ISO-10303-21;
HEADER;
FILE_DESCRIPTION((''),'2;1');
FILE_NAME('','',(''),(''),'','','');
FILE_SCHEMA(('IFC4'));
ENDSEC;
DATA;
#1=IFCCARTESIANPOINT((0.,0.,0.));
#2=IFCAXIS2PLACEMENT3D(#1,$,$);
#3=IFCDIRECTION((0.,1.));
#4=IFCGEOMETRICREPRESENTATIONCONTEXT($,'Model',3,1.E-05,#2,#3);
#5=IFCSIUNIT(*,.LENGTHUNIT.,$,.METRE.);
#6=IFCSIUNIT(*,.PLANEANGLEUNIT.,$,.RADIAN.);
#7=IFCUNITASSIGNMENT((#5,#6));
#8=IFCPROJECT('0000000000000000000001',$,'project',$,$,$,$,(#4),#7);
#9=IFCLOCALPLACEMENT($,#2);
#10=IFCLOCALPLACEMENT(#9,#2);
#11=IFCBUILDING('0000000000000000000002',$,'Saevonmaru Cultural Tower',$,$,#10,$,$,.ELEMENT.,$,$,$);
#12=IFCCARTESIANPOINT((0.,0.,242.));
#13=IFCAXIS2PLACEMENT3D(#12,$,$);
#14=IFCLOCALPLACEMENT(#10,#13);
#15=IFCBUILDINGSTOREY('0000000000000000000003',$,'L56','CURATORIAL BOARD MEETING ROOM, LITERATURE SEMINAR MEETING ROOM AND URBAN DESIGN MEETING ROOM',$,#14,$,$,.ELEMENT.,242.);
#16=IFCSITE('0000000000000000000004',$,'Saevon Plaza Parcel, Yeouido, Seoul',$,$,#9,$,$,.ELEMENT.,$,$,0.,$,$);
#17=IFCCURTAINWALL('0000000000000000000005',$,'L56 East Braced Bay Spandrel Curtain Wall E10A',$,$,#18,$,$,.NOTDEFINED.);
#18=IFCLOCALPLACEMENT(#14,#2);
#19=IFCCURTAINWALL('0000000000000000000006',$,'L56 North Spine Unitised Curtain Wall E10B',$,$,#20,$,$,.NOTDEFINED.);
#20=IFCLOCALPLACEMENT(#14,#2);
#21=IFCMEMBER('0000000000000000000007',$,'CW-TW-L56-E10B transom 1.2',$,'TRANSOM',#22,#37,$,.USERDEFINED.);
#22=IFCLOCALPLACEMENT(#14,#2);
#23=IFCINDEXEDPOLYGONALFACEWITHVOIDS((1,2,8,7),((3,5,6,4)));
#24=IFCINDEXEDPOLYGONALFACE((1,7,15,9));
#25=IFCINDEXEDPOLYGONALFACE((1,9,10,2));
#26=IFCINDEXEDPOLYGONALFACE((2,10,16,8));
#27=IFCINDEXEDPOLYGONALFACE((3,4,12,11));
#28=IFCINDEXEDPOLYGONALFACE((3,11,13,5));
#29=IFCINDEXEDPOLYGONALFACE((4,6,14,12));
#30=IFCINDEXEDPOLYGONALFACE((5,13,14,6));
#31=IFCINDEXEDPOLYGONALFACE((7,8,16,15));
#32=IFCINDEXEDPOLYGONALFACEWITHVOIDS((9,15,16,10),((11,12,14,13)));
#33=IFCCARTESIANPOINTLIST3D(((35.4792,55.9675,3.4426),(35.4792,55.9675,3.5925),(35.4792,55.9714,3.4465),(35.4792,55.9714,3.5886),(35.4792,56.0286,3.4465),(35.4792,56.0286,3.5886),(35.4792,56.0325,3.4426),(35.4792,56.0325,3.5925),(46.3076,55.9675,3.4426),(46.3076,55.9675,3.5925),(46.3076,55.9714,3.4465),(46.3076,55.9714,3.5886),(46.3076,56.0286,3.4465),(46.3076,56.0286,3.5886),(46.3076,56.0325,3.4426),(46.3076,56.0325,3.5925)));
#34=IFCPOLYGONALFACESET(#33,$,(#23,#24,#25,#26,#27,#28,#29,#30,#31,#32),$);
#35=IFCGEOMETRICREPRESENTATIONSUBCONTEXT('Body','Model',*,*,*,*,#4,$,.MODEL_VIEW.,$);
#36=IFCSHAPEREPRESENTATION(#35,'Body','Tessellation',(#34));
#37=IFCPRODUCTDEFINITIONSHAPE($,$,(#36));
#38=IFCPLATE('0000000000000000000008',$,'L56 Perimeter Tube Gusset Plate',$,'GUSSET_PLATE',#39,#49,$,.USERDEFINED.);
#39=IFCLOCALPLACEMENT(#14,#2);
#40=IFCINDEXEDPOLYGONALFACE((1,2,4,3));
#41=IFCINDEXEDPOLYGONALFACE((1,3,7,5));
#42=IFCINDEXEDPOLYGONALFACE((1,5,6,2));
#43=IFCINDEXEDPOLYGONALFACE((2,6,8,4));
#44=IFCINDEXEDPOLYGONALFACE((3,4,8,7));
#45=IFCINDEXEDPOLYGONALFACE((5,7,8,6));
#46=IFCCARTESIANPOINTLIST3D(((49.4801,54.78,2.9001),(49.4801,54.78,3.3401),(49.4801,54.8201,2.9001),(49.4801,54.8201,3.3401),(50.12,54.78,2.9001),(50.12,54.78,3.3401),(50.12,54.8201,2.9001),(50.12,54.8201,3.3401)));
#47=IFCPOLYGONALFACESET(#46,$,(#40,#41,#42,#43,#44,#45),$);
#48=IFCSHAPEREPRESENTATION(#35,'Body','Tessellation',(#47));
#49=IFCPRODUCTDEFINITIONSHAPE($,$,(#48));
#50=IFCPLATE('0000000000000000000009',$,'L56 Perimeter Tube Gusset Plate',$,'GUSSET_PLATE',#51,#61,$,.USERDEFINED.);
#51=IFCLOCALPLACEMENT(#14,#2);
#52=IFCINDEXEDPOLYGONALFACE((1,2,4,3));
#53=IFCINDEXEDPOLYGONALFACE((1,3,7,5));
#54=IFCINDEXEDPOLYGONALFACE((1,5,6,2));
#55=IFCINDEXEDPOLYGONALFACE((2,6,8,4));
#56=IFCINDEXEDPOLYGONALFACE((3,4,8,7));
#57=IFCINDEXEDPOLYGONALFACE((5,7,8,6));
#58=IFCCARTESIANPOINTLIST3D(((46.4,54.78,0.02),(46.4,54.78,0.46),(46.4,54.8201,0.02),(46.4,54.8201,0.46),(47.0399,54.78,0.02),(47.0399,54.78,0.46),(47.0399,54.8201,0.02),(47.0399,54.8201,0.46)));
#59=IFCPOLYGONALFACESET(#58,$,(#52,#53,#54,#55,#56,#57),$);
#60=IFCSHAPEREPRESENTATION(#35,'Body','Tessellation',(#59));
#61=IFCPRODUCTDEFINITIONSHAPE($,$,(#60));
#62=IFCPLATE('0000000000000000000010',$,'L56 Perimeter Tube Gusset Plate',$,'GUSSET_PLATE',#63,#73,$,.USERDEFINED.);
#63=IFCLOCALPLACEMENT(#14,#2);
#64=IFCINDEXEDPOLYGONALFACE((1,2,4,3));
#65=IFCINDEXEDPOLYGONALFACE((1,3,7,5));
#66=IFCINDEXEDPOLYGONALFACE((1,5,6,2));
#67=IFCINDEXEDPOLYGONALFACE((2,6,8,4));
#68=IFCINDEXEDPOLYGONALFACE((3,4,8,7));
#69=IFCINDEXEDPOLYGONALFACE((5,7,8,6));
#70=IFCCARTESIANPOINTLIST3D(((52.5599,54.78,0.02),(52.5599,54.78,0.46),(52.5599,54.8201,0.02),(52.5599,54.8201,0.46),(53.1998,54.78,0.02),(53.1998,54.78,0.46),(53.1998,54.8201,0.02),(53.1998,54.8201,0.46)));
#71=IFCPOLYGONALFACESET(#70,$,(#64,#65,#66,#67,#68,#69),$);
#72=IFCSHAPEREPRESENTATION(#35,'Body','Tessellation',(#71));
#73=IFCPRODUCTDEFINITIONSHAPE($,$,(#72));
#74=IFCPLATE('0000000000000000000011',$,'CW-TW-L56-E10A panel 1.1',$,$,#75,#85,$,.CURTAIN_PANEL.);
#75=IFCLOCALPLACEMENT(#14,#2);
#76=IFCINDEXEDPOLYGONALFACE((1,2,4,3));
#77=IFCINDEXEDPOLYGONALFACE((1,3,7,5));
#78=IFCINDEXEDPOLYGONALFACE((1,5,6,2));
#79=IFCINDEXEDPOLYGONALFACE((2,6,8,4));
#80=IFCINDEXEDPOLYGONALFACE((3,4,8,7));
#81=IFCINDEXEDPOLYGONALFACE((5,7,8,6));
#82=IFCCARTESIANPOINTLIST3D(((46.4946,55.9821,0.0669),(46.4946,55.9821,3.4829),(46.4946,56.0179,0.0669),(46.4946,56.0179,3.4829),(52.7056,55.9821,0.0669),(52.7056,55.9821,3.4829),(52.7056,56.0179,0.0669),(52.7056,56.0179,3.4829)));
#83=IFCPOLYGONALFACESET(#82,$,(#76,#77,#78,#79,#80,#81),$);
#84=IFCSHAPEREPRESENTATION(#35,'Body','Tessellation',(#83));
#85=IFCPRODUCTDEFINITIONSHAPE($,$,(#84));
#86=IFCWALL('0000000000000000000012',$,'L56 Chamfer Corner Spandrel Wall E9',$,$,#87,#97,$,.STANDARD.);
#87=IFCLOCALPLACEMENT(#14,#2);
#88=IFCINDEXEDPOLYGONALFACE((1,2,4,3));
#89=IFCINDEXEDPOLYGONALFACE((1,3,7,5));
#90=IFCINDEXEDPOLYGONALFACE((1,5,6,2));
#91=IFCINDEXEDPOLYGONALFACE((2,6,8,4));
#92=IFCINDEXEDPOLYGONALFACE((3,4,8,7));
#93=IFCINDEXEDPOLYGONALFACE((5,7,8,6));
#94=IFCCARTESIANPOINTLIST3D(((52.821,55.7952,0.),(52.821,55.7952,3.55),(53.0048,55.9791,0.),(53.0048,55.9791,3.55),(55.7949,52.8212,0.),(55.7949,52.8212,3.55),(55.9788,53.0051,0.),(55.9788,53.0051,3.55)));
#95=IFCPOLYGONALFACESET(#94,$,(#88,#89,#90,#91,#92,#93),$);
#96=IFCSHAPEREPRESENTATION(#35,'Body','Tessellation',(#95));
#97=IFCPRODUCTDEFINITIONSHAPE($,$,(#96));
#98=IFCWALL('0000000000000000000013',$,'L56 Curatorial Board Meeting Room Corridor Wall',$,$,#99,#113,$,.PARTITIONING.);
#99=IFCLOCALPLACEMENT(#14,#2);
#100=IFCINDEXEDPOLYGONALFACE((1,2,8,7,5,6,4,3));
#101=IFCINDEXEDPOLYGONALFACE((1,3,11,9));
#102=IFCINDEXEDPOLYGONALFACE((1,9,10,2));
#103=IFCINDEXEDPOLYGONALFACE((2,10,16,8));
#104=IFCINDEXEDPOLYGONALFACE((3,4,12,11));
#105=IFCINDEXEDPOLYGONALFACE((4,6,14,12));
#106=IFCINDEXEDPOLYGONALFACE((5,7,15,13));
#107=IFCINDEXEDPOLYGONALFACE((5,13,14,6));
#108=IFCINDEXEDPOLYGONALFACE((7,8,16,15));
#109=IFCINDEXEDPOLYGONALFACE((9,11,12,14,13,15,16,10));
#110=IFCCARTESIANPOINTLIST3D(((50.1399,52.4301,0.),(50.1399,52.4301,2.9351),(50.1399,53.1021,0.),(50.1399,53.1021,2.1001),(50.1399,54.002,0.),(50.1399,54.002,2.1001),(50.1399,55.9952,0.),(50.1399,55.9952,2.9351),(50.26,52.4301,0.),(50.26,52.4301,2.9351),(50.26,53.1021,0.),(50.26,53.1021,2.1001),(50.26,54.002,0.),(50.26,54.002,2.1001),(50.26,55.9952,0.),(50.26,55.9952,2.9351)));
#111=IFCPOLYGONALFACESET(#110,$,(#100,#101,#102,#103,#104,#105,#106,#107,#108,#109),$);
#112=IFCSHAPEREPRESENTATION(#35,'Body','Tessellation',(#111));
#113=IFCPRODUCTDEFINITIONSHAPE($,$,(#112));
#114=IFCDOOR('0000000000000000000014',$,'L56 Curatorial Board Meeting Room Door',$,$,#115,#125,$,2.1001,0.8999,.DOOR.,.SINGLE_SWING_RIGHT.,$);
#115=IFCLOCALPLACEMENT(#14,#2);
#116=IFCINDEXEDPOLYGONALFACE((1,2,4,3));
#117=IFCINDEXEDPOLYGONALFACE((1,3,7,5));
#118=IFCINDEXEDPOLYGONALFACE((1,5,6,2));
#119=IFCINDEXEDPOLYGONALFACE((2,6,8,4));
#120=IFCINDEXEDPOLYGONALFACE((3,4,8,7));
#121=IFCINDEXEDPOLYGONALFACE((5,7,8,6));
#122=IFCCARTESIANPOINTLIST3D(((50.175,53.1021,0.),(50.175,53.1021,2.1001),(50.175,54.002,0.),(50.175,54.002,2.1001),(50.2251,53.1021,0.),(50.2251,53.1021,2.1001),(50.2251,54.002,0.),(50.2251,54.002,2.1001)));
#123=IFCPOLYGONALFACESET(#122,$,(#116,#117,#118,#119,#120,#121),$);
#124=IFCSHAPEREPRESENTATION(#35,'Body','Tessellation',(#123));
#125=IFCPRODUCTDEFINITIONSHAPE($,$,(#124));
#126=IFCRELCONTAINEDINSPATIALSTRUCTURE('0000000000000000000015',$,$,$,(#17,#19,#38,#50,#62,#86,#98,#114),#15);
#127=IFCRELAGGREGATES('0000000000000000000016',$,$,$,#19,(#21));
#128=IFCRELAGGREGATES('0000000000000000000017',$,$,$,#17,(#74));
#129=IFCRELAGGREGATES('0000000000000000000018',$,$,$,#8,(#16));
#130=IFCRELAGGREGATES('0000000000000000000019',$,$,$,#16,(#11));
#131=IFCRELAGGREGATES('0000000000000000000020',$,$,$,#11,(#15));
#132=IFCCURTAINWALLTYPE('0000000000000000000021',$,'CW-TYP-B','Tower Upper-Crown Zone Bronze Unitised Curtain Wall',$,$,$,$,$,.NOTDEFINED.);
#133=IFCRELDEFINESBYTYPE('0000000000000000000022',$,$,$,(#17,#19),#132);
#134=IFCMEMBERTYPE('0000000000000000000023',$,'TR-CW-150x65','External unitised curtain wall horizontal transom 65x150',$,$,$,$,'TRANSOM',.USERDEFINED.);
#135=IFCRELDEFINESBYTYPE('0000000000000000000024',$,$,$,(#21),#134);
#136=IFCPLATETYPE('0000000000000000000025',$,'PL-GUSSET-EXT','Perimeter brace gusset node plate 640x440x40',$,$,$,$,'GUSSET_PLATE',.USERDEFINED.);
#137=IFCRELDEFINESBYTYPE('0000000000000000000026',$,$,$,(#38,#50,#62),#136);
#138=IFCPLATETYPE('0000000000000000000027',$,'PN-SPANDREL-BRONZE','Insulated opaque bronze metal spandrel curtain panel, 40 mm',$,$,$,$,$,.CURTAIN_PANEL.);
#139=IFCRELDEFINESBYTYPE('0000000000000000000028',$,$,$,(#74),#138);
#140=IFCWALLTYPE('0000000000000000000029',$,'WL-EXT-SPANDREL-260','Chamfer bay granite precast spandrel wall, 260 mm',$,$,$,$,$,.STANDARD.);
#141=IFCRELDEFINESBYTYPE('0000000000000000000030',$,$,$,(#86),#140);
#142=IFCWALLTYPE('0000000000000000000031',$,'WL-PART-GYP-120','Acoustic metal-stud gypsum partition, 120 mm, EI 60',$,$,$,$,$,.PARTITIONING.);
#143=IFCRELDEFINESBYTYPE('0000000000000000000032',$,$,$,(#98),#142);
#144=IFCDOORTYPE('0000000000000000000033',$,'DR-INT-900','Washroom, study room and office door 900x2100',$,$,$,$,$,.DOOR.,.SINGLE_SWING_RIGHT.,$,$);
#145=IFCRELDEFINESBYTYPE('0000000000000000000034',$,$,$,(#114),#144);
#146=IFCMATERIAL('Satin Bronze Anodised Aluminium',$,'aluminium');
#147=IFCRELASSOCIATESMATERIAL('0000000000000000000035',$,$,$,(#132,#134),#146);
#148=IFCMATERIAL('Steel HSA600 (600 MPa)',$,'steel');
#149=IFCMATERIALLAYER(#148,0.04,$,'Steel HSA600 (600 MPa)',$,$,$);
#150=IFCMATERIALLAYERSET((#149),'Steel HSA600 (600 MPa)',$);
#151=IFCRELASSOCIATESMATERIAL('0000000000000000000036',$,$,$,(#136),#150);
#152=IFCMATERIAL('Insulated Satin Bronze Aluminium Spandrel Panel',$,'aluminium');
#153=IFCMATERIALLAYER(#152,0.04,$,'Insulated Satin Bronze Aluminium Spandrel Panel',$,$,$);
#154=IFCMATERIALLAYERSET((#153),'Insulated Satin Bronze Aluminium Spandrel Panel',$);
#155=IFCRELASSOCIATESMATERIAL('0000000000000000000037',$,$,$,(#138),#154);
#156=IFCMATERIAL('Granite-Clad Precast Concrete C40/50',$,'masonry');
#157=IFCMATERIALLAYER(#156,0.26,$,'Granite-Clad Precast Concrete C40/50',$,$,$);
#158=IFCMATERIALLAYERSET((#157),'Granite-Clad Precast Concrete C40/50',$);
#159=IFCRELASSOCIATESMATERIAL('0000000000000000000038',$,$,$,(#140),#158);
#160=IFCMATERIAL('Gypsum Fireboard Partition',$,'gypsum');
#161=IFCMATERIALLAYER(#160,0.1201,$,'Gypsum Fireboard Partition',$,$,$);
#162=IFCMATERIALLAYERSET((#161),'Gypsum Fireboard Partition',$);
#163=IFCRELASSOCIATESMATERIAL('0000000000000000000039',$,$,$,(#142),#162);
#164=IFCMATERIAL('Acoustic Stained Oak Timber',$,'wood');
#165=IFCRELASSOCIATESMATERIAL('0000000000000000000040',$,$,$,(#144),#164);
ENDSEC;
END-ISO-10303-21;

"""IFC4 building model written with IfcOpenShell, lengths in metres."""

from ifc_helpers import new_model, si_unit, direction, frame, frame_2d, origin, origin_2d, place, context, subcontext, project, spatial, rectangle, hollow_rectangle, extrude, material, layer, layer_set, material_profile, profile_set, type_object, element, fill, aggregate, save


model = new_model("IFC4")

# Units and contexts
model_context = context("Model", 3, precision=1e-05, world=origin(), true_north=direction((0.0, 1.0)))
body_context = subcontext(model_context, "Body", "Model", "MODEL_VIEW")
ifc_project = project(units=[si_unit("LENGTHUNIT", "METRE"), si_unit("PLANEANGLEUNIT", "RADIAN")], contexts=[model_context])

# Site, building, storey
site_placement = place(None, origin())
site = spatial("IfcSite", under=ifc_project, at=site_placement, Name="Saevon Plaza Parcel, Yeouido, Seoul", CompositionType="ELEMENT", RefElevation=0.0)
building_placement = place(site_placement, origin())
building = spatial("IfcBuilding", under=site, at=building_placement, Name="Saevonmaru Cultural Tower", CompositionType="ELEMENT")
storey_placement = place(building_placement, frame((0.0, 0.0, 242.0)))
storey = spatial("IfcBuildingStorey", under=building, at=storey_placement, Name="L56", Description="CURATORIAL BOARD MEETING ROOM, LITERATURE SEMINAR MEETING ROOM AND URBAN DESIGN MEETING ROOM", CompositionType="ELEMENT", Elevation=242.0)

# Shared definitions
ifc_material_1 = material(Name="Satin Bronze Anodised Aluminium", Category="aluminium")
curtain_wall_type = type_object("IfcCurtainWallType", Name="CW-TYP-B", Description="Tower Upper-Crown Zone Bronze Unitised Curtain Wall", PredefinedType="NOTDEFINED", material=ifc_material_1)

# Curtain wall
curtain_wall_1_placement = place(storey_placement, origin())
curtain_wall_1 = element("IfcCurtainWall", 1, at=curtain_wall_1_placement, inside=storey, type_object=curtain_wall_type, Name="L56 East Braced Bay Spandrel Curtain Wall E10A", PredefinedType="NOTDEFINED")

# Curtain wall
curtain_wall_2_placement = place(storey_placement, origin())
curtain_wall_2 = element("IfcCurtainWall", 2, at=curtain_wall_2_placement, inside=storey, type_object=curtain_wall_type, Name="L56 North Spine Unitised Curtain Wall E10B", PredefinedType="NOTDEFINED")

# Member
ifc_material_profile_1 = material_profile(ifc_material_1, hollow_rectangle(XDim=0.0649, YDim=0.1499, WallThickness=0.0039, at=origin_2d()), Name="ALU-TRAN-150x65x4")
ifc_profile_set_1 = profile_set([ifc_material_profile_1], Name="Satin Bronze Anodised Aluminium")
member_type_1 = type_object("IfcMemberType", Name="TR-CW-150x65", Description="External unitised curtain wall horizontal transom 65x150", ElementType="TRANSOM", PredefinedType="USERDEFINED", material=ifc_profile_set_1)
member_1_placement = place(storey_placement, frame((46.3076, 56.0, 3.5176), z_axis=(-1.0, 0.0, 0.0), x_axis=(0.0, -1.0, 0.0)))
member_1 = element("IfcMember", 3, at=member_1_placement, type_object=member_type_1, Name="CW-TW-L56-E10B transom 1.2", ObjectType="TRANSOM", PredefinedType="USERDEFINED", context=body_context, shape_type="SweptSolid", body=[
    extrude(hollow_rectangle(XDim=0.0649, YDim=0.1499, WallThickness=0.0039, at=origin_2d()), origin(), (0.0, 0.0, 1.0), 10.8284),
])
aggregate(curtain_wall_2, [member_1])

# Plates
ifc_material_2 = material(Name="Steel HSA600 (600 MPa)", Category="steel")
ifc_layer_1 = layer(ifc_material_2, 0.04, Name="Steel HSA600 (600 MPa)")
ifc_layer_set_1 = layer_set([ifc_layer_1], Name="Steel HSA600 (600 MPa)")
plate_type_1 = type_object("IfcPlateType", Name="PL-GUSSET-EXT", Description="Perimeter brace gusset node plate 640x440x40", ElementType="GUSSET_PLATE", PredefinedType="USERDEFINED", material=ifc_layer_set_1)
for number, where, z_axis, x_axis, name in (
    (4, (49.8, 54.8, 2.9001), (0.0, 0.0, 1.0), (1.0, 0.0, 0.0), "L56 Perimeter Tube Gusset Plate"),
    (5, (46.72, 54.8, 0.02), (0.0, 0.0, 1.0), (1.0, 0.0, 0.0), "L56 Perimeter Tube Gusset Plate"),
    (6, (52.8799, 54.8, 0.02), (0.0, 0.0, 1.0), (1.0, 0.0, 0.0), "L56 Perimeter Tube Gusset Plate"),
):
    element("IfcPlate", number, at=place(storey_placement, frame(where, z_axis=z_axis, x_axis=x_axis)), inside=storey, type_object=plate_type_1, Name=name, ObjectType="GUSSET_PLATE", PredefinedType="USERDEFINED", context=body_context, shape_type="SweptSolid", body=[
        extrude(rectangle(XDim=0.6399, YDim=0.04, at=origin_2d()), origin(), (0.0, 0.0, 1.0), 0.4399),
    ])

# Plate
ifc_material_3 = material(Name="Insulated Satin Bronze Aluminium Spandrel Panel", Category="aluminium")
ifc_layer_2 = layer(ifc_material_3, 0.04, Name="Insulated Satin Bronze Aluminium Spandrel Panel")
ifc_layer_set_2 = layer_set([ifc_layer_2], Name="Insulated Satin Bronze Aluminium Spandrel Panel")
plate_type_2 = type_object("IfcPlateType", Name="PN-SPANDREL-BRONZE", Description="Insulated opaque bronze metal spandrel curtain panel, 40 mm", PredefinedType="CURTAIN_PANEL", material=ifc_layer_set_2)
plate_placement = place(storey_placement, frame((49.6001, 56.0, 0.0669), z_axis=(0.0, 0.0, 1.0), x_axis=(-1.0, 0.0, 0.0)))
plate = element("IfcPlate", 7, at=plate_placement, type_object=plate_type_2, Name="CW-TW-L56-E10A panel 1.1", PredefinedType="CURTAIN_PANEL", context=body_context, shape_type="SweptSolid", body=[
    extrude(rectangle(XDim=6.2109, YDim=0.0359, at=origin_2d()), origin(), (0.0, 0.0, 1.0), 3.416),
])
aggregate(curtain_wall_1, [plate])

# Wall
ifc_material_4 = material(Name="Granite-Clad Precast Concrete C40/50", Category="masonry")
ifc_layer_3 = layer(ifc_material_4, 0.26, Name="Granite-Clad Precast Concrete C40/50")
ifc_layer_set_3 = layer_set([ifc_layer_3], Name="Granite-Clad Precast Concrete C40/50")
wall_type_1 = type_object("IfcWallType", Name="WL-EXT-SPANDREL-260", Description="Chamfer bay granite precast spandrel wall, 260 mm", PredefinedType="STANDARD", material=ifc_layer_set_3)
wall_1_placement = place(storey_placement, frame((55.887, 52.9131, 0.0), z_axis=(0.0, 0.0, 1.0), x_axis=(-0.707107, 0.707107, 0.0)))
element("IfcWall", 8, at=wall_1_placement, inside=storey, type_object=wall_type_1, Name="L56 Chamfer Corner Spandrel Wall E9", PredefinedType="STANDARD", context=body_context, shape_type="SweptSolid", body=[
    extrude(rectangle(XDim=4.2058, YDim=0.26, at=frame_2d((2.103, 0.0))), origin(), (0.0, 0.0, 1.0), 3.55),
])

# Wall, opening, door
ifc_material_5 = material(Name="Gypsum Fireboard Partition", Category="gypsum")
ifc_layer_4 = layer(ifc_material_5, 0.1201, Name="Gypsum Fireboard Partition")
ifc_layer_set_4 = layer_set([ifc_layer_4], Name="Gypsum Fireboard Partition")
wall_type_2 = type_object("IfcWallType", Name="WL-PART-GYP-120", Description="Acoustic metal-stud gypsum partition, 120 mm, EI 60", PredefinedType="PARTITIONING", material=ifc_layer_set_4)
wall_2_placement = place(storey_placement, frame((50.2, 52.4299, 0.0), z_axis=(0.0, 0.0, 1.0), x_axis=(0.0, 1.0, 0.0)))
wall_2 = element("IfcWall", 9, at=wall_2_placement, inside=storey, type_object=wall_type_2, Name="L56 Curatorial Board Meeting Room Corridor Wall", PredefinedType="PARTITIONING", context=body_context, shape_type="SweptSolid", body=[
    extrude(rectangle(XDim=3.5652, YDim=0.1201, at=frame_2d((1.7827, 0.0))), origin(), (0.0, 0.0, 1.0), 2.9351),
])
opening_placement = place(wall_2_placement, frame((0.6721, 0.0, 0.0)))
opening = element("IfcOpeningElement", 10, at=opening_placement, cuts=wall_2, PredefinedType="OPENING", context=body_context, shape_type="SweptSolid", body=[
    extrude(rectangle(XDim=0.8999, YDim=2.1001, at=frame_2d((0.45, 1.05))), frame((0.0, 0.0701, 0.0), z_axis=(0.0, -1.0, 0.0), x_axis=(1.0, 0.0, 0.0)), (0.0, 0.0, 1.0), 0.1401),
])
ifc_material_6 = material(Name="Acoustic Stained Oak Timber", Category="wood")
door_type = type_object("IfcDoorType", Name="DR-INT-900", Description="Washroom, study room and office door 900x2100", OperationType="SINGLE_SWING_RIGHT", PredefinedType="DOOR", material=ifc_material_6)
door_placement = place(opening_placement, origin())
door = element("IfcDoor", 11, at=door_placement, inside=storey, type_object=door_type, Name="L56 Curatorial Board Meeting Room Door", OperationType="SINGLE_SWING_RIGHT", OverallHeight=2.1001, OverallWidth=0.8999, PredefinedType="DOOR", context=body_context, shape_type="SweptSolid", body=[
    extrude(rectangle(XDim=0.8999, YDim=2.1001, at=frame_2d((0.45, 1.05))), frame((0.0, 0.0249, 0.0), z_axis=(0.0, -1.0, 0.0), x_axis=(1.0, 0.0, 0.0)), (0.0, 0.0, 1.0), 0.05),
])
fill(opening, door)

save(model, "model.ifc")
